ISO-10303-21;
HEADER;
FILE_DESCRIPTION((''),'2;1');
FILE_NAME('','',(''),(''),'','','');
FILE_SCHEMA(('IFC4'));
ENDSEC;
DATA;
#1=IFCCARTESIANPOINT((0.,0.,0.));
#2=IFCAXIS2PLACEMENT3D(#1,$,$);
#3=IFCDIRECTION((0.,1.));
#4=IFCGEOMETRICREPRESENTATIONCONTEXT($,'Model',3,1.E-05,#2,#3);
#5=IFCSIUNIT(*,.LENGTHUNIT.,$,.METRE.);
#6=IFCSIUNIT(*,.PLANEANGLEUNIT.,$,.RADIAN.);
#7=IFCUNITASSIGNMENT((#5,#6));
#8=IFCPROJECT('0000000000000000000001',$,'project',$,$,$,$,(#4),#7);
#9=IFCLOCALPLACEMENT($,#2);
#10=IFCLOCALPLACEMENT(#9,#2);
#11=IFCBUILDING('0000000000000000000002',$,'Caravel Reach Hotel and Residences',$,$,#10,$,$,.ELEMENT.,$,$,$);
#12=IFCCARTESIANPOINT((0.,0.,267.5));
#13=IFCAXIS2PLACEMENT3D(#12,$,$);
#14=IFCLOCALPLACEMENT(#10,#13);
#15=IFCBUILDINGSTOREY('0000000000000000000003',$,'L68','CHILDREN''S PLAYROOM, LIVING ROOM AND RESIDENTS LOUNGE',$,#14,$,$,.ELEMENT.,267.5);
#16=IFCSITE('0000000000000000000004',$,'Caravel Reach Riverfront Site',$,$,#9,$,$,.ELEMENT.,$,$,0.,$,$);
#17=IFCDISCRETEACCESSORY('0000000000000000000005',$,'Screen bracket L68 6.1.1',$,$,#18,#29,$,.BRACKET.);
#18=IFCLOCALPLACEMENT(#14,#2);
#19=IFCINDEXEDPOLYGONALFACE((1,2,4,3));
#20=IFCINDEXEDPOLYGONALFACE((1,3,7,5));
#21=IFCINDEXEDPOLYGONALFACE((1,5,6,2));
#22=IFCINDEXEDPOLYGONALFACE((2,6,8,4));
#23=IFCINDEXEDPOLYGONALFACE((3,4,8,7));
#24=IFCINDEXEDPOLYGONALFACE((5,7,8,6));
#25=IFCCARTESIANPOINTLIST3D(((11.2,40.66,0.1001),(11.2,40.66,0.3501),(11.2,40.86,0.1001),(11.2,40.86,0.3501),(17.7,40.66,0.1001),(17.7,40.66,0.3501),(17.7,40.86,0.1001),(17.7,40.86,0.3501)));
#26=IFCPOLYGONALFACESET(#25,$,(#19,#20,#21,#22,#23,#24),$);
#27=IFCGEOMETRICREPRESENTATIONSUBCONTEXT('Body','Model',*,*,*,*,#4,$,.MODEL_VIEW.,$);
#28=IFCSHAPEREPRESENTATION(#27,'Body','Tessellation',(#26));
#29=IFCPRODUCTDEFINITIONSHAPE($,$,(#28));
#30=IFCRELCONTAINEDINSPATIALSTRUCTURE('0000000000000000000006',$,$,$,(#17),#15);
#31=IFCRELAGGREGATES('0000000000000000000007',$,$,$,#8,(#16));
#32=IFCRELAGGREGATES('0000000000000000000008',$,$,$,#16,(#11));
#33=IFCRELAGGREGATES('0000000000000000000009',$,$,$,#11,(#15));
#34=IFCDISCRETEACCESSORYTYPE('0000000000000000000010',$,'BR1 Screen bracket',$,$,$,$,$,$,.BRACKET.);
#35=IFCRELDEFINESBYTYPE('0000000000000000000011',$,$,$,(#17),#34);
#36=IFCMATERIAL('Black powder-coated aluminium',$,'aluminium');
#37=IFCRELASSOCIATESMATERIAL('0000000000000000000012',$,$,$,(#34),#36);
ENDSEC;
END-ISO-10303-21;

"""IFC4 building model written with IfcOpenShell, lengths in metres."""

from ifc_helpers import new_model, si_unit, direction, frame, origin, origin_2d, place, context, subcontext, project, spatial, rectangle, extrude, material, type_object, element, save


model = new_model("IFC4")

# Units and contexts
model_context = context("Model", 3, precision=1e-05, world=origin(), true_north=direction((0.0, 1.0)))
body_context = subcontext(model_context, "Body", "Model", "MODEL_VIEW")
ifc_project = project(units=[si_unit("LENGTHUNIT", "METRE"), si_unit("PLANEANGLEUNIT", "RADIAN")], contexts=[model_context])

# Site, building, storey
site_placement = place(None, origin())
site = spatial("IfcSite", under=ifc_project, at=site_placement, Name="Caravel Reach Riverfront Site", CompositionType="ELEMENT", RefElevation=0.0)
building_placement = place(site_placement, origin())
building = spatial("IfcBuilding", under=site, at=building_placement, Name="Caravel Reach Hotel and Residences", CompositionType="ELEMENT")
storey_placement = place(building_placement, frame((0.0, 0.0, 267.5)))
storey = spatial("IfcBuildingStorey", under=building, at=storey_placement, Name="L68", Description="CHILDREN'S PLAYROOM, LIVING ROOM AND RESIDENTS LOUNGE", CompositionType="ELEMENT", Elevation=267.5)

# Discrete accessory
ifc_material_1 = material(Name="Black powder-coated aluminium", Category="aluminium")
discrete_accessory_type = type_object("IfcDiscreteAccessoryType", Name="BR1 Screen bracket", PredefinedType="BRACKET", material=ifc_material_1)
for number, where, z_axis, x_axis, name in (
    (1, (14.45, 40.76, 0.1001), (0.0, 0.0, 1.0), (-1.0, 0.0, 0.0), "Screen bracket L68 6.1.1"),
):
    element("IfcDiscreteAccessory", number, at=place(storey_placement, frame(where, z_axis=z_axis, x_axis=x_axis)), inside=storey, type_object=discrete_accessory_type, Name=name, PredefinedType="BRACKET", context=body_context, shape_type="SweptSolid", body=[
        extrude(rectangle(XDim=6.5, YDim=0.2, at=origin_2d()), origin(), (0.0, 0.0, 1.0), 0.25),
    ])

save(model, "model.ifc")
